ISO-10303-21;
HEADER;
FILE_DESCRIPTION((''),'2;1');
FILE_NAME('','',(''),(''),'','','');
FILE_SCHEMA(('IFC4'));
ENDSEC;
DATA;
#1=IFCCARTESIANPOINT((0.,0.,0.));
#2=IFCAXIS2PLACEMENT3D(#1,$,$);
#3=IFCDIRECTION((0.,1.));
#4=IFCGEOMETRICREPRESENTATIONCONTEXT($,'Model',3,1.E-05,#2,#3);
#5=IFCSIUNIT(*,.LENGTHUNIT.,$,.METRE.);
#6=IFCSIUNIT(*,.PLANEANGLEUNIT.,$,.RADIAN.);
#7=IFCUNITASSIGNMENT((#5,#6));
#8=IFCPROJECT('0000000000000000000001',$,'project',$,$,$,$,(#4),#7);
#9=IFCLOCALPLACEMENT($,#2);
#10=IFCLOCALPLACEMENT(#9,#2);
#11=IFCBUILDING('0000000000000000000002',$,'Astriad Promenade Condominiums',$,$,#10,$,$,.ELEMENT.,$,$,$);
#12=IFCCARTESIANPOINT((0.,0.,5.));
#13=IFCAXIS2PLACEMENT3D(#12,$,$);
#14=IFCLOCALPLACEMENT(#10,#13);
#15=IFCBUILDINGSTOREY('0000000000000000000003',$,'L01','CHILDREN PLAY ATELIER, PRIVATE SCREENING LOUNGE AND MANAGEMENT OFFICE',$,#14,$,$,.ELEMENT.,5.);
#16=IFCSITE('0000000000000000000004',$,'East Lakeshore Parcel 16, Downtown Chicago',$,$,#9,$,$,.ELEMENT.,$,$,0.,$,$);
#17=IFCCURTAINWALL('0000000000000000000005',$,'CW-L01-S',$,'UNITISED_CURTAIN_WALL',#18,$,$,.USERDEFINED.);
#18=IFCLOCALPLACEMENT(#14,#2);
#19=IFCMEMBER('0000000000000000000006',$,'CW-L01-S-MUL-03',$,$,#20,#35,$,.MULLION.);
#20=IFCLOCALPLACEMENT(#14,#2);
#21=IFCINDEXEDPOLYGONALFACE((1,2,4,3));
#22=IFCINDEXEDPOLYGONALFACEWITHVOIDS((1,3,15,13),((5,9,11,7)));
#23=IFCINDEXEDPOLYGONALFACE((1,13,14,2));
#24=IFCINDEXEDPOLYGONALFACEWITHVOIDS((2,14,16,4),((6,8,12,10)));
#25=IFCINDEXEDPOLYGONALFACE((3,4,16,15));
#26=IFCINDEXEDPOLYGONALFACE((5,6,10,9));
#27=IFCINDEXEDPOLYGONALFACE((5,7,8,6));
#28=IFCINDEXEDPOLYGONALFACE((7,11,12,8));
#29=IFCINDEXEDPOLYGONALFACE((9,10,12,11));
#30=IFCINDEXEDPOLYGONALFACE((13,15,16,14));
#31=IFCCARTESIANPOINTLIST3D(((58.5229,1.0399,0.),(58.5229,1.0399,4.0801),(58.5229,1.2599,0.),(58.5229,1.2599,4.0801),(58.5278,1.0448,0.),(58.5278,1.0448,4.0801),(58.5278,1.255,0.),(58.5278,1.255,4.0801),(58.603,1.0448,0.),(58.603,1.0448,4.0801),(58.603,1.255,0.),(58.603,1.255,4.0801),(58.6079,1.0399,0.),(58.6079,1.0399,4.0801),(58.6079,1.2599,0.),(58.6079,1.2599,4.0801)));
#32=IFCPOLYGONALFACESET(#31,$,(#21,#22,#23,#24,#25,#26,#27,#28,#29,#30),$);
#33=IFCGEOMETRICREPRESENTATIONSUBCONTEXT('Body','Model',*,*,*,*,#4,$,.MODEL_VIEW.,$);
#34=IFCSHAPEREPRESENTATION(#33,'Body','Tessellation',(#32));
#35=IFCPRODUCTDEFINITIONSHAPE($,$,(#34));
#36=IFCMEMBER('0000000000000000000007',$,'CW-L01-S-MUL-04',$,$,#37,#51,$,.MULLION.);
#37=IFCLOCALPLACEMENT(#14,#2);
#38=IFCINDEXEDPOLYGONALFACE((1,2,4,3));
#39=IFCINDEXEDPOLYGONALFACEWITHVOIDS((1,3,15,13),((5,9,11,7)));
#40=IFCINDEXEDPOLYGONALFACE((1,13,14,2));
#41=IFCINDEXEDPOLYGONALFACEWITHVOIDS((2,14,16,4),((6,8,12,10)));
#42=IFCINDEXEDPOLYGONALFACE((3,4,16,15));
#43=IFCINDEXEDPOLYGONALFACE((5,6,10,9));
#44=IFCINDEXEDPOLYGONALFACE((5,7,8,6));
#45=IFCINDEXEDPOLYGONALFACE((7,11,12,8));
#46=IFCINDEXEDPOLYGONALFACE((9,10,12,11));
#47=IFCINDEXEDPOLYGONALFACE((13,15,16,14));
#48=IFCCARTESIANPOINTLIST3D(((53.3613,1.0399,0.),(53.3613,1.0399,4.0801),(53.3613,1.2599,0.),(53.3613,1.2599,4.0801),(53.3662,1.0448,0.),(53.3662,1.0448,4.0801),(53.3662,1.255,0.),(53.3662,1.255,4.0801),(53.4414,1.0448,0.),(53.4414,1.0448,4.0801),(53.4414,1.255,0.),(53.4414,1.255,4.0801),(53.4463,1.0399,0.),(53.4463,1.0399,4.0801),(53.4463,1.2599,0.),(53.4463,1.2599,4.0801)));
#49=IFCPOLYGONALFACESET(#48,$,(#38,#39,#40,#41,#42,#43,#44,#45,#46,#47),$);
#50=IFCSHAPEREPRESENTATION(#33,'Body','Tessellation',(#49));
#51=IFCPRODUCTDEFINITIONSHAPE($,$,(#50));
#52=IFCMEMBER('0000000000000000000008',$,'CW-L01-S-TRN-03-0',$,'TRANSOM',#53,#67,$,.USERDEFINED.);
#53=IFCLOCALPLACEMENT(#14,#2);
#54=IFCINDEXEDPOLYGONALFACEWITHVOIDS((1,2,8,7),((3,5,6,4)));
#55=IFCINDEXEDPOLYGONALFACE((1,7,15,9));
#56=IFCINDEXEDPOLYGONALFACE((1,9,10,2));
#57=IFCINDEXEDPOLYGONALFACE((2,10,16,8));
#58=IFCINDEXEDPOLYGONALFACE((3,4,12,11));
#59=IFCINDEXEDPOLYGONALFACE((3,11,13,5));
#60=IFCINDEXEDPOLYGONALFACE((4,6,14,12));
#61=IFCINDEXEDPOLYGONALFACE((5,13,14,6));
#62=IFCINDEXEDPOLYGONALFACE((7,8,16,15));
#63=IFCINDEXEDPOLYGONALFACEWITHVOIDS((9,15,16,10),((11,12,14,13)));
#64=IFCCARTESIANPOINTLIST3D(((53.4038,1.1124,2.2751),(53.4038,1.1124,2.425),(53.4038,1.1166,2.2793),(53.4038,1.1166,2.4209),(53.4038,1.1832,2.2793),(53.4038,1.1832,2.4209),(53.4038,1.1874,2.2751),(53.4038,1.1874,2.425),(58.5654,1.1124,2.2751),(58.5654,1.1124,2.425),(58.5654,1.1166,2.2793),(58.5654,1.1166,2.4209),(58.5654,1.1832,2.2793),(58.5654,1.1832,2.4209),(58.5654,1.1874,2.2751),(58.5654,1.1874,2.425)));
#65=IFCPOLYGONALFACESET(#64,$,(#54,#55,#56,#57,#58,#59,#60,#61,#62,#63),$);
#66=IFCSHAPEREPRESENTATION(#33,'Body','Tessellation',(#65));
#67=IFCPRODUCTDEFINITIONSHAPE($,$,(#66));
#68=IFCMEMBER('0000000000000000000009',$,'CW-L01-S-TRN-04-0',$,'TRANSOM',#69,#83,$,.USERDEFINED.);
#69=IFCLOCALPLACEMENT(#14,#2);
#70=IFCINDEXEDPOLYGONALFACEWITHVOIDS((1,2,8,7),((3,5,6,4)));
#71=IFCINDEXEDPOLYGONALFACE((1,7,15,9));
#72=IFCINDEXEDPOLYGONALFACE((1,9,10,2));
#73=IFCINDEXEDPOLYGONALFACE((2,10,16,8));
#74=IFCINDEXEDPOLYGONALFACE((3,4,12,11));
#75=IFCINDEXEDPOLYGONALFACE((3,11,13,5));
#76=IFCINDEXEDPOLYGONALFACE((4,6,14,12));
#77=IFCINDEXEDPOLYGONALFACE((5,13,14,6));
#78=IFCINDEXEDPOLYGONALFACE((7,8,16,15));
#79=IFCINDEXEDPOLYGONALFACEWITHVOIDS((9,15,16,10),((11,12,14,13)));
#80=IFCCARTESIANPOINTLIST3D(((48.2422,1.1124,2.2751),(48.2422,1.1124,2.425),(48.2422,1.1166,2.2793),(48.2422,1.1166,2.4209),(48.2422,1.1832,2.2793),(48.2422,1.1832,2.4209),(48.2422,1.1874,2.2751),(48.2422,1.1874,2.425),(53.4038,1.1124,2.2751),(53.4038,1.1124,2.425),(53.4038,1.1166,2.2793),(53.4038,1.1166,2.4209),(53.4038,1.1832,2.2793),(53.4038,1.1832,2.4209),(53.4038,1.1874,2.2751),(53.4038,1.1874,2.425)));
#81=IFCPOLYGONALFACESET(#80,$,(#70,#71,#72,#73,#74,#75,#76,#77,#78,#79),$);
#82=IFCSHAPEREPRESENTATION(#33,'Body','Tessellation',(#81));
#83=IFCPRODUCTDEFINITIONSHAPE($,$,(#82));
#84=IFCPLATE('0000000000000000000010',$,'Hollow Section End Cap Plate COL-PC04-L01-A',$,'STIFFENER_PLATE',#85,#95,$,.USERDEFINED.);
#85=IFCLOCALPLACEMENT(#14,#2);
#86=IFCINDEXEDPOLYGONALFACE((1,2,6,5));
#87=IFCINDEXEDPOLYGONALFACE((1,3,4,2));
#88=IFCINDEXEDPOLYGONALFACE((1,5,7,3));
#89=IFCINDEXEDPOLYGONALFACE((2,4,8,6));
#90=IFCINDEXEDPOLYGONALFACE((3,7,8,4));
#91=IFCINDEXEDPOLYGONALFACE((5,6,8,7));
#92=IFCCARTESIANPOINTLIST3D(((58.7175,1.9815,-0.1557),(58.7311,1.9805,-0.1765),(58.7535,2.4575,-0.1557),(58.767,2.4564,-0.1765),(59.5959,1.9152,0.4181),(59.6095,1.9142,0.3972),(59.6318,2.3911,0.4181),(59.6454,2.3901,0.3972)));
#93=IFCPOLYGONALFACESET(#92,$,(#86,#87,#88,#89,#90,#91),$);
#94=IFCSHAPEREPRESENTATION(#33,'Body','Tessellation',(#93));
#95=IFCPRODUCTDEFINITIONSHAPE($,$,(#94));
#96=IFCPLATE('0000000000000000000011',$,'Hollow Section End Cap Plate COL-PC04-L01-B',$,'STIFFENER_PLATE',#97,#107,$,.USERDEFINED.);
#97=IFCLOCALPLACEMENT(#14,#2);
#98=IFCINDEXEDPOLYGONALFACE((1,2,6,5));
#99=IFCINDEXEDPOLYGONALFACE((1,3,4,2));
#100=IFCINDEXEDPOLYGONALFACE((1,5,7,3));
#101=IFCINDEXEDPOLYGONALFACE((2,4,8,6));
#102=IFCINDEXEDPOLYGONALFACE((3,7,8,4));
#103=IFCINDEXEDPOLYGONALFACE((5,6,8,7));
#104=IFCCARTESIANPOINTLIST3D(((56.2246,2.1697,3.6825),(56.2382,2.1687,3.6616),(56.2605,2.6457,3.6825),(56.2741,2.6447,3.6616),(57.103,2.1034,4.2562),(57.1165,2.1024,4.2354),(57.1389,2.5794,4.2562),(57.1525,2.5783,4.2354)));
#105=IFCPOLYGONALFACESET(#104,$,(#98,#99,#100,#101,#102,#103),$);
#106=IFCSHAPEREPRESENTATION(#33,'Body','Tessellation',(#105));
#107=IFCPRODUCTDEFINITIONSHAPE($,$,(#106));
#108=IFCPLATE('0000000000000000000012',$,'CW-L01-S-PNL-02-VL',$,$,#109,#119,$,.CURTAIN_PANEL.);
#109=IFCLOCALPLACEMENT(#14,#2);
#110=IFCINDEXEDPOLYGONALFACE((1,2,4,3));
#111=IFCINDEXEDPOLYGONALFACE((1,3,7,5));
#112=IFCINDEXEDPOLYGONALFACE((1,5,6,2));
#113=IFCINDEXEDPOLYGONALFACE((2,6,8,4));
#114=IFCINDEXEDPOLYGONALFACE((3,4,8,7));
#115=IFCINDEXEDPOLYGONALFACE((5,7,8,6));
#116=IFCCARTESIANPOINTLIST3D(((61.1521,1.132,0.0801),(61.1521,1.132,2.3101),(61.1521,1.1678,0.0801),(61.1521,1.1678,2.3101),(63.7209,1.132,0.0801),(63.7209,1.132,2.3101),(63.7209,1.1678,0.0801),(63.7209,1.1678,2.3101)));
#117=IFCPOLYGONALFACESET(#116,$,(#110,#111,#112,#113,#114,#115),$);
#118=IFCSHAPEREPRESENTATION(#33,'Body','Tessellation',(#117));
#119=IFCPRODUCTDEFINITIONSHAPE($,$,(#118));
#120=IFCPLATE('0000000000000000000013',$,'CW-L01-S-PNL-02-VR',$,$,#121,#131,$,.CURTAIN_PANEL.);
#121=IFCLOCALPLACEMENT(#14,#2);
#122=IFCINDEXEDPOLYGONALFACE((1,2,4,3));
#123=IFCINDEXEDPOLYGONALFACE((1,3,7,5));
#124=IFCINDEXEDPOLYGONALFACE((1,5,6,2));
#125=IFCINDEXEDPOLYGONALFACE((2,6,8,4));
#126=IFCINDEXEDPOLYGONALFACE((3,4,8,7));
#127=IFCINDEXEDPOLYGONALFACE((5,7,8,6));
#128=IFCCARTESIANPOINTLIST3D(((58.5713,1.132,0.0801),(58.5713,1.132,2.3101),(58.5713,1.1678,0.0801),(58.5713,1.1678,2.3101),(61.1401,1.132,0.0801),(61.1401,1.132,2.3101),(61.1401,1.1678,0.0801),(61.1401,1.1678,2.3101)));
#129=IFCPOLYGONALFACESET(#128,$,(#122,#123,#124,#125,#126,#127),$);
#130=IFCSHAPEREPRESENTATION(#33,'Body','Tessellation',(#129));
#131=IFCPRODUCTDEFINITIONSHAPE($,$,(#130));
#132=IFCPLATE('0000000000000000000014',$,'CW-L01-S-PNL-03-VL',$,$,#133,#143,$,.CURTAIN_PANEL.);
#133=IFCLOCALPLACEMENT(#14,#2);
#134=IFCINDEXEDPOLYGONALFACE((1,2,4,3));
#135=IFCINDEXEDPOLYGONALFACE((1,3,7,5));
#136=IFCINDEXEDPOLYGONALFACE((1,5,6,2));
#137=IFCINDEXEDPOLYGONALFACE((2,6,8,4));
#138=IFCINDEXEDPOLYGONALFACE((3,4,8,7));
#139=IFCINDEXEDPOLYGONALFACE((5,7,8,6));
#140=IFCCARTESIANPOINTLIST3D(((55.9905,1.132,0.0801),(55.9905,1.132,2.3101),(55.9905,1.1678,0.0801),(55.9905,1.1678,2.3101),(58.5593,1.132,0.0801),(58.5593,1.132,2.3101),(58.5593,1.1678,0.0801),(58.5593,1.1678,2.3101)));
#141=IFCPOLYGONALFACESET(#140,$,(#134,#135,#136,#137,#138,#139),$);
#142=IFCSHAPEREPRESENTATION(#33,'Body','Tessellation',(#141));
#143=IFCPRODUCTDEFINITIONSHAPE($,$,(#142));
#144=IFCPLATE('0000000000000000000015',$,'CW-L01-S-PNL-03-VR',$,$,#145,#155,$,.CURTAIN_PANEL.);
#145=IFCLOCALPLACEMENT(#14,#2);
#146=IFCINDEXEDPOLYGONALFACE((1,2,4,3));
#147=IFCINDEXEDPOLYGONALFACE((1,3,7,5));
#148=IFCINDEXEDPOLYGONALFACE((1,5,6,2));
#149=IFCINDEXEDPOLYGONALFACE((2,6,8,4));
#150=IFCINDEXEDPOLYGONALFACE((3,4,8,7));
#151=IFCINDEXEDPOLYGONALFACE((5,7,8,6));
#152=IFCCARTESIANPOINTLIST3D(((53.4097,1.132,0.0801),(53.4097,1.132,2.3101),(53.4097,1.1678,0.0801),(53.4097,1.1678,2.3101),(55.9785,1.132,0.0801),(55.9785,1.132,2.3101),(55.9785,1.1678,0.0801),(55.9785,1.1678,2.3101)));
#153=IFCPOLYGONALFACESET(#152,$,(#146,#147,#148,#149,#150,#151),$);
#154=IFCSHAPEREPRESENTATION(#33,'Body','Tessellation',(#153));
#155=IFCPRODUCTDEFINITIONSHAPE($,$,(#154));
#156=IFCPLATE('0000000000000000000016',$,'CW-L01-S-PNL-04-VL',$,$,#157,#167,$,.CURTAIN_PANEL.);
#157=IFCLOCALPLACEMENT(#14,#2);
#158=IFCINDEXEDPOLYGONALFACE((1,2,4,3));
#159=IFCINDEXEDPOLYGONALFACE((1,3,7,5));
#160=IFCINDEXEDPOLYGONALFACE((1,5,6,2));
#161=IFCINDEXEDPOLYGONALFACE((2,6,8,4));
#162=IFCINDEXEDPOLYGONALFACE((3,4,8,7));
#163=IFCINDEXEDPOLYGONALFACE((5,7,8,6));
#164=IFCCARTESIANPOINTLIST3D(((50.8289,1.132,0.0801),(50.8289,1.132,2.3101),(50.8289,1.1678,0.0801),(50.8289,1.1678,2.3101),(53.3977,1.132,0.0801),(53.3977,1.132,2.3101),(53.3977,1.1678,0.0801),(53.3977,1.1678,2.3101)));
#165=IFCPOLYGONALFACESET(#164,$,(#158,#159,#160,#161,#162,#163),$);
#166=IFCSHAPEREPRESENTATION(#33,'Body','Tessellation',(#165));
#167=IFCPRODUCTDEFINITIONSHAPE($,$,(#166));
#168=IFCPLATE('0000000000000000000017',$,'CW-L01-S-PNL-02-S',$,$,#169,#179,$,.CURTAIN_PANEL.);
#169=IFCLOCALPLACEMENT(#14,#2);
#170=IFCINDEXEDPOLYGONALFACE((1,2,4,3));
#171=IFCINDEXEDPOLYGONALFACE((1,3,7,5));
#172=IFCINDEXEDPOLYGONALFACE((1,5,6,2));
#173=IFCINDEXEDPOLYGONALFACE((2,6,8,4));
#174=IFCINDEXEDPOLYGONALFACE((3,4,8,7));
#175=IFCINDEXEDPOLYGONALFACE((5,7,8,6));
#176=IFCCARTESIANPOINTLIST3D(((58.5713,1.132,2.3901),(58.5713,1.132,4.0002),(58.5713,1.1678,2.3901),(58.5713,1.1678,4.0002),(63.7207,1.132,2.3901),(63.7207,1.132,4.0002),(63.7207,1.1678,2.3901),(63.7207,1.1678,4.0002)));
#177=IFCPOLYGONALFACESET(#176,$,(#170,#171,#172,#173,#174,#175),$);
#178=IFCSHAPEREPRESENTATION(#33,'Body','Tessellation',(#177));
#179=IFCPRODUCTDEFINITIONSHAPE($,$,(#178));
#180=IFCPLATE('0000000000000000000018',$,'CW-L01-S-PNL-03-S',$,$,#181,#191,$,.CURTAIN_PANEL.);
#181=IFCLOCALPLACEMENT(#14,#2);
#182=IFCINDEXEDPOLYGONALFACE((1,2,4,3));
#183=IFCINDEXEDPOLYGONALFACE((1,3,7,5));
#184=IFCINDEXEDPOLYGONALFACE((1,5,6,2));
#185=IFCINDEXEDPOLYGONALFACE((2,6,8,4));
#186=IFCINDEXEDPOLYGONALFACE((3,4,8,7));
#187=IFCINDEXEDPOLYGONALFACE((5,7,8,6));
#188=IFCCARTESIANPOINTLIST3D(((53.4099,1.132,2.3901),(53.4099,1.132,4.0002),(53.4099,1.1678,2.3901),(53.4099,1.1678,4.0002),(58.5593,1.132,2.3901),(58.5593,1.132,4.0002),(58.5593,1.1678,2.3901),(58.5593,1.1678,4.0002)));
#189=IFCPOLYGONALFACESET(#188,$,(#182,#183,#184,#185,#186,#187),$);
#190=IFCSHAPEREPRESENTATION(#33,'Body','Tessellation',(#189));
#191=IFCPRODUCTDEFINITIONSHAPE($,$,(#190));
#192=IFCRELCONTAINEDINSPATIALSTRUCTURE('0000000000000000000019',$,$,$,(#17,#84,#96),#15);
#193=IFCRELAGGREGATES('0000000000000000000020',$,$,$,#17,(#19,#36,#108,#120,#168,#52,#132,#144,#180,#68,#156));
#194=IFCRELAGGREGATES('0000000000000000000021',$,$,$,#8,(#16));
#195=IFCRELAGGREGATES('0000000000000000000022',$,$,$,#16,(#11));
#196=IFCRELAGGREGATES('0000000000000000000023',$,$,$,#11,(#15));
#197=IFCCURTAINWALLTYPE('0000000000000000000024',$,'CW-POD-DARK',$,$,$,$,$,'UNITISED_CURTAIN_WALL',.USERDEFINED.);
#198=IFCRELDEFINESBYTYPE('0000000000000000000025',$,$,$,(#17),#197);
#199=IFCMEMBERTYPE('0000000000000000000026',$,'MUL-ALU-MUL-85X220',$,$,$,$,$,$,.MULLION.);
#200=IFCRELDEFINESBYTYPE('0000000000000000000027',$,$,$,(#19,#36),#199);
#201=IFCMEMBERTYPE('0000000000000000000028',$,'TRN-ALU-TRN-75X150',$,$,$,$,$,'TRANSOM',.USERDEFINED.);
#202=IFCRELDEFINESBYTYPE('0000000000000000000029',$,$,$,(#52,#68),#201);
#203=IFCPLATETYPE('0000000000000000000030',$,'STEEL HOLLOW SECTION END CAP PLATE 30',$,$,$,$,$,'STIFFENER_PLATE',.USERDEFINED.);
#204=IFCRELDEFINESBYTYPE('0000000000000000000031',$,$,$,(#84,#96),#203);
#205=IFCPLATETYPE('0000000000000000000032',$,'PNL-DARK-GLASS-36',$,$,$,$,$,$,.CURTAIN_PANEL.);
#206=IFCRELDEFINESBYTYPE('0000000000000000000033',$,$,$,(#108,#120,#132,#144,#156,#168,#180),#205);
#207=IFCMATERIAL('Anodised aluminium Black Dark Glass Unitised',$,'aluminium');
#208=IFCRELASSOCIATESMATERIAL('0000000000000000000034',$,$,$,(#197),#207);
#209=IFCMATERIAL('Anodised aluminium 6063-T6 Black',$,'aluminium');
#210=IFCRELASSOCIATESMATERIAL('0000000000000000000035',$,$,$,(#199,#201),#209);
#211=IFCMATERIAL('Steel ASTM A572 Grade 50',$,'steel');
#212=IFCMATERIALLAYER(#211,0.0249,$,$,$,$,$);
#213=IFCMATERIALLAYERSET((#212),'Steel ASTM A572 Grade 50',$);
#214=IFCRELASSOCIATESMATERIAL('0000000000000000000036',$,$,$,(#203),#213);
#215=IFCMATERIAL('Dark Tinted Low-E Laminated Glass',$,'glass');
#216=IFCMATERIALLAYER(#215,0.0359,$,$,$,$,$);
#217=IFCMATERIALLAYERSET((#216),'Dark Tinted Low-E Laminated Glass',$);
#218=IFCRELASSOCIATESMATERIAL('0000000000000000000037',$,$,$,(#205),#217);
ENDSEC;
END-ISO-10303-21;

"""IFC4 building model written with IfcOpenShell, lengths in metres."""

from ifc_helpers import new_model, si_unit, direction, frame, origin, origin_2d, place, context, subcontext, project, spatial, rectangle, hollow_rectangle, extrude, source, transform, mapped, material, layer, layer_set, material_profile, profile_set, type_object, type_shapes, element, aggregate, save


model = new_model("IFC4")

# Units and contexts
model_context = context("Model", 3, precision=1e-05, world=origin(), true_north=direction((0.0, 1.0)))
body_context = subcontext(model_context, "Body", "Model", "MODEL_VIEW")
ifc_project = project(units=[si_unit("LENGTHUNIT", "METRE"), si_unit("PLANEANGLEUNIT", "RADIAN")], contexts=[model_context])

# Site, building, storey
site_placement = place(None, origin())
site = spatial("IfcSite", under=ifc_project, at=site_placement, Name="East Lakeshore Parcel 16, Downtown Chicago", CompositionType="ELEMENT", RefElevation=0.0)
building_placement = place(site_placement, origin())
building = spatial("IfcBuilding", under=site, at=building_placement, Name="Astriad Promenade Condominiums", CompositionType="ELEMENT")
storey_placement = place(building_placement, frame((0.0, 0.0, 5.0)))
storey = spatial("IfcBuildingStorey", under=building, at=storey_placement, Name="L01", Description="CHILDREN PLAY ATELIER, PRIVATE SCREENING LOUNGE AND MANAGEMENT OFFICE", CompositionType="ELEMENT", Elevation=5.0)

# Curtain wall, members
ifc_material_1 = material(Name="Anodised aluminium Black Dark Glass Unitised", Category="aluminium")
curtain_wall_type = type_object("IfcCurtainWallType", Name="CW-POD-DARK", ElementType="UNITISED_CURTAIN_WALL", PredefinedType="USERDEFINED", material=ifc_material_1)
curtain_wall_placement = place(storey_placement, origin())
curtain_wall = element("IfcCurtainWall", 1, at=curtain_wall_placement, inside=storey, type_object=curtain_wall_type, Name="CW-L01-S", ObjectType="UNITISED_CURTAIN_WALL", PredefinedType="USERDEFINED")
ifc_material_2 = material(Name="Anodised aluminium 6063-T6 Black", Category="aluminium")
ifc_material_profile_1 = material_profile(ifc_material_2, hollow_rectangle(XDim=0.085, YDim=0.22, WallThickness=0.0049, at=origin_2d()), Name="ALU-MUL-85X220")
ifc_profile_set_1 = profile_set([ifc_material_profile_1], Name="Anodised aluminium 6063-T6 Black")
member_type_1 = type_object("IfcMemberType", Name="MUL-ALU-MUL-85X220", PredefinedType="MULLION", material=ifc_profile_set_1)
shared_shape_1 = source(origin(), body_context, "Body", "SweptSolid", [
    extrude(hollow_rectangle(XDim=0.085, YDim=0.22, WallThickness=0.0049, at=origin_2d()), origin(), (0.0, 0.0, 1.0), 4.0801),
])
type_shapes(member_type_1, [shared_shape_1])
member_1_placement = place(storey_placement, frame((58.5654, 1.1499, 0.0), z_axis=(0.0, 0.0, 1.0), x_axis=(1.0, 0.0, 0.0)))
member_1 = element("IfcMember", 2, at=member_1_placement, type_object=member_type_1, Name="CW-L01-S-MUL-03", PredefinedType="MULLION", context=body_context, shape_type="MappedRepresentation", body=[
    mapped(shared_shape_1, transform((0.0, 0.0, 0.0), scale=1.0)),
])
member_2_placement = place(storey_placement, frame((53.4038, 1.1499, 0.0), z_axis=(0.0, 0.0, 1.0), x_axis=(1.0, 0.0, 0.0)))
member_2 = element("IfcMember", 3, at=member_2_placement, type_object=member_type_1, Name="CW-L01-S-MUL-04", PredefinedType="MULLION", context=body_context, shape_type="MappedRepresentation", body=[
    mapped(shared_shape_1, transform((0.0, 0.0, 0.0), scale=1.0)),
])
ifc_material_profile_2 = material_profile(ifc_material_2, hollow_rectangle(XDim=0.075, YDim=0.1499, WallThickness=0.0042, at=origin_2d()), Name="ALU-TRN-75X150")
ifc_profile_set_2 = profile_set([ifc_material_profile_2], Name="Anodised aluminium 6063-T6 Black")
member_type_2 = type_object("IfcMemberType", Name="TRN-ALU-TRN-75X150", ElementType="TRANSOM", PredefinedType="USERDEFINED", material=ifc_profile_set_2)
shared_shape_2 = source(origin(), body_context, "Body", "SweptSolid", [
    extrude(hollow_rectangle(XDim=0.075, YDim=0.1499, WallThickness=0.0042, at=origin_2d()), origin(), (0.0, 0.0, 1.0), 5.1616),
])
type_shapes(member_type_2, [shared_shape_2])
member_3_placement = place(storey_placement, frame((58.5654, 1.1499, 2.3501), z_axis=(-1.0, 0.0, 0.0), x_axis=(0.0, -1.0, 0.0)))
member_3 = element("IfcMember", 4, at=member_3_placement, type_object=member_type_2, Name="CW-L01-S-TRN-03-0", ObjectType="TRANSOM", PredefinedType="USERDEFINED", context=body_context, shape_type="MappedRepresentation", body=[
    mapped(shared_shape_2, transform((0.0, 0.0, 0.0), scale=1.0)),
])
member_4_placement = place(storey_placement, frame((53.4038, 1.1499, 2.3501), z_axis=(-1.0, 0.0, 0.0), x_axis=(0.0, -1.0, 0.0)))
member_4 = element("IfcMember", 5, at=member_4_placement, type_object=member_type_2, Name="CW-L01-S-TRN-04-0", ObjectType="TRANSOM", PredefinedType="USERDEFINED", context=body_context, shape_type="MappedRepresentation", body=[
    mapped(shared_shape_2, transform((0.0, 0.0, 0.0), scale=1.0)),
])

# Plates
ifc_material_3 = material(Name="Steel ASTM A572 Grade 50", Category="steel")
ifc_layer_1 = layer(ifc_material_3, 0.0249)
ifc_layer_set_1 = layer_set([ifc_layer_1], Name="Steel ASTM A572 Grade 50")
plate_type_1 = type_object("IfcPlateType", Name="STEEL HOLLOW SECTION END CAP PLATE 30", ElementType="STIFFENER_PLATE", PredefinedType="USERDEFINED", material=ifc_layer_set_1)
shared_shape_3 = source(origin(), body_context, "Body", "SweptSolid", [
    extrude(rectangle(XDim=0.4773, YDim=1.0513, at=origin_2d()), origin(), (0.0, 0.0, 1.0), 0.0249),
])
type_shapes(plate_type_1, [shared_shape_3])
for number, where, z_axis, x_axis, name in (
    (6, (59.1882, 2.1853, 0.1104), (-0.544253, 0.041092, 0.837914), (-0.075288, -0.997162, 0.0), "Hollow Section End Cap Plate COL-PC04-L01-A"),
    (7, (56.6953, 2.3735, 3.9485), (-0.544253, 0.041092, 0.837914), (-0.075288, -0.997162, 0.0), "Hollow Section End Cap Plate COL-PC04-L01-B"),
):
    element("IfcPlate", number, at=place(storey_placement, frame(where, z_axis=z_axis, x_axis=x_axis)), inside=storey, type_object=plate_type_1, Name=name, ObjectType="STIFFENER_PLATE", PredefinedType="USERDEFINED", context=body_context, shape_type="MappedRepresentation", body=[
        mapped(shared_shape_3, transform((0.0, 0.0, 0.0), scale=1.0)),
    ])

# Plates
ifc_material_4 = material(Name="Dark Tinted Low-E Laminated Glass", Category="glass")
ifc_layer_2 = layer(ifc_material_4, 0.0359)
ifc_layer_set_2 = layer_set([ifc_layer_2], Name="Dark Tinted Low-E Laminated Glass")
plate_type_2 = type_object("IfcPlateType", Name="PNL-DARK-GLASS-36", PredefinedType="CURTAIN_PANEL", material=ifc_layer_set_2)
shared_shape_4 = source(origin(), body_context, "Body", "SweptSolid", [
    extrude(rectangle(XDim=2.5688, YDim=0.0359, at=origin_2d()), origin(), (0.0, 0.0, 1.0), 2.23),
])
plate_1_placement = place(storey_placement, frame((62.4365, 1.1499, 0.0801), z_axis=(0.0, 0.0, 1.0), x_axis=(-1.0, 0.0, 0.0)))
plate_1 = element("IfcPlate", 8, at=plate_1_placement, type_object=plate_type_2, Name="CW-L01-S-PNL-02-VL", PredefinedType="CURTAIN_PANEL", context=body_context, shape_type="MappedRepresentation", body=[
    mapped(shared_shape_4, transform((0.0, 0.0, 0.0), scale=1.0)),
])
plate_2_placement = place(storey_placement, frame((59.8557, 1.1499, 0.0801), z_axis=(0.0, 0.0, 1.0), x_axis=(-1.0, 0.0, 0.0)))
plate_2 = element("IfcPlate", 9, at=plate_2_placement, type_object=plate_type_2, Name="CW-L01-S-PNL-02-VR", PredefinedType="CURTAIN_PANEL", context=body_context, shape_type="MappedRepresentation", body=[
    mapped(shared_shape_4, transform((0.0, 0.0, 0.0), scale=1.0)),
])
plate_3_placement = place(storey_placement, frame((57.2749, 1.1499, 0.0801), z_axis=(0.0, 0.0, 1.0), x_axis=(-1.0, 0.0, 0.0)))
plate_3 = element("IfcPlate", 10, at=plate_3_placement, type_object=plate_type_2, Name="CW-L01-S-PNL-03-VL", PredefinedType="CURTAIN_PANEL", context=body_context, shape_type="MappedRepresentation", body=[
    mapped(shared_shape_4, transform((0.0, 0.0, 0.0), scale=1.0)),
])
plate_4_placement = place(storey_placement, frame((54.6941, 1.1499, 0.0801), z_axis=(0.0, 0.0, 1.0), x_axis=(-1.0, 0.0, 0.0)))
plate_4 = element("IfcPlate", 11, at=plate_4_placement, type_object=plate_type_2, Name="CW-L01-S-PNL-03-VR", PredefinedType="CURTAIN_PANEL", context=body_context, shape_type="MappedRepresentation", body=[
    mapped(shared_shape_4, transform((0.0, 0.0, 0.0), scale=1.0)),
])
plate_5_placement = place(storey_placement, frame((52.1133, 1.1499, 0.0801), z_axis=(0.0, 0.0, 1.0), x_axis=(-1.0, 0.0, 0.0)))
plate_5 = element("IfcPlate", 12, at=plate_5_placement, type_object=plate_type_2, Name="CW-L01-S-PNL-04-VL", PredefinedType="CURTAIN_PANEL", context=body_context, shape_type="MappedRepresentation", body=[
    mapped(shared_shape_4, transform((0.0, 0.0, 0.0), scale=1.0)),
])
shared_shape_5 = source(origin(), body_context, "Body", "SweptSolid", [
    extrude(rectangle(XDim=5.1494, YDim=0.0359, at=origin_2d()), origin(), (0.0, 0.0, 1.0), 1.6101),
])
type_shapes(plate_type_2, [shared_shape_4, shared_shape_5])
plate_6_placement = place(storey_placement, frame((61.146, 1.1499, 2.3901), z_axis=(0.0, 0.0, 1.0), x_axis=(-1.0, 0.0, 0.0)))
plate_6 = element("IfcPlate", 13, at=plate_6_placement, type_object=plate_type_2, Name="CW-L01-S-PNL-02-S", PredefinedType="CURTAIN_PANEL", context=body_context, shape_type="MappedRepresentation", body=[
    mapped(shared_shape_5, transform((0.0, 0.0, 0.0), scale=1.0)),
])
plate_7_placement = place(storey_placement, frame((55.9846, 1.1499, 2.3901), z_axis=(0.0, 0.0, 1.0), x_axis=(-1.0, 0.0, 0.0)))
plate_7 = element("IfcPlate", 14, at=plate_7_placement, type_object=plate_type_2, Name="CW-L01-S-PNL-03-S", PredefinedType="CURTAIN_PANEL", context=body_context, shape_type="MappedRepresentation", body=[
    mapped(shared_shape_5, transform((0.0, 0.0, 0.0), scale=1.0)),
])
aggregate(curtain_wall, [member_1, member_2, plate_1, plate_2, plate_6, member_3, plate_3, plate_4, plate_7, member_4, plate_5])

save(model, "model.ifc")
